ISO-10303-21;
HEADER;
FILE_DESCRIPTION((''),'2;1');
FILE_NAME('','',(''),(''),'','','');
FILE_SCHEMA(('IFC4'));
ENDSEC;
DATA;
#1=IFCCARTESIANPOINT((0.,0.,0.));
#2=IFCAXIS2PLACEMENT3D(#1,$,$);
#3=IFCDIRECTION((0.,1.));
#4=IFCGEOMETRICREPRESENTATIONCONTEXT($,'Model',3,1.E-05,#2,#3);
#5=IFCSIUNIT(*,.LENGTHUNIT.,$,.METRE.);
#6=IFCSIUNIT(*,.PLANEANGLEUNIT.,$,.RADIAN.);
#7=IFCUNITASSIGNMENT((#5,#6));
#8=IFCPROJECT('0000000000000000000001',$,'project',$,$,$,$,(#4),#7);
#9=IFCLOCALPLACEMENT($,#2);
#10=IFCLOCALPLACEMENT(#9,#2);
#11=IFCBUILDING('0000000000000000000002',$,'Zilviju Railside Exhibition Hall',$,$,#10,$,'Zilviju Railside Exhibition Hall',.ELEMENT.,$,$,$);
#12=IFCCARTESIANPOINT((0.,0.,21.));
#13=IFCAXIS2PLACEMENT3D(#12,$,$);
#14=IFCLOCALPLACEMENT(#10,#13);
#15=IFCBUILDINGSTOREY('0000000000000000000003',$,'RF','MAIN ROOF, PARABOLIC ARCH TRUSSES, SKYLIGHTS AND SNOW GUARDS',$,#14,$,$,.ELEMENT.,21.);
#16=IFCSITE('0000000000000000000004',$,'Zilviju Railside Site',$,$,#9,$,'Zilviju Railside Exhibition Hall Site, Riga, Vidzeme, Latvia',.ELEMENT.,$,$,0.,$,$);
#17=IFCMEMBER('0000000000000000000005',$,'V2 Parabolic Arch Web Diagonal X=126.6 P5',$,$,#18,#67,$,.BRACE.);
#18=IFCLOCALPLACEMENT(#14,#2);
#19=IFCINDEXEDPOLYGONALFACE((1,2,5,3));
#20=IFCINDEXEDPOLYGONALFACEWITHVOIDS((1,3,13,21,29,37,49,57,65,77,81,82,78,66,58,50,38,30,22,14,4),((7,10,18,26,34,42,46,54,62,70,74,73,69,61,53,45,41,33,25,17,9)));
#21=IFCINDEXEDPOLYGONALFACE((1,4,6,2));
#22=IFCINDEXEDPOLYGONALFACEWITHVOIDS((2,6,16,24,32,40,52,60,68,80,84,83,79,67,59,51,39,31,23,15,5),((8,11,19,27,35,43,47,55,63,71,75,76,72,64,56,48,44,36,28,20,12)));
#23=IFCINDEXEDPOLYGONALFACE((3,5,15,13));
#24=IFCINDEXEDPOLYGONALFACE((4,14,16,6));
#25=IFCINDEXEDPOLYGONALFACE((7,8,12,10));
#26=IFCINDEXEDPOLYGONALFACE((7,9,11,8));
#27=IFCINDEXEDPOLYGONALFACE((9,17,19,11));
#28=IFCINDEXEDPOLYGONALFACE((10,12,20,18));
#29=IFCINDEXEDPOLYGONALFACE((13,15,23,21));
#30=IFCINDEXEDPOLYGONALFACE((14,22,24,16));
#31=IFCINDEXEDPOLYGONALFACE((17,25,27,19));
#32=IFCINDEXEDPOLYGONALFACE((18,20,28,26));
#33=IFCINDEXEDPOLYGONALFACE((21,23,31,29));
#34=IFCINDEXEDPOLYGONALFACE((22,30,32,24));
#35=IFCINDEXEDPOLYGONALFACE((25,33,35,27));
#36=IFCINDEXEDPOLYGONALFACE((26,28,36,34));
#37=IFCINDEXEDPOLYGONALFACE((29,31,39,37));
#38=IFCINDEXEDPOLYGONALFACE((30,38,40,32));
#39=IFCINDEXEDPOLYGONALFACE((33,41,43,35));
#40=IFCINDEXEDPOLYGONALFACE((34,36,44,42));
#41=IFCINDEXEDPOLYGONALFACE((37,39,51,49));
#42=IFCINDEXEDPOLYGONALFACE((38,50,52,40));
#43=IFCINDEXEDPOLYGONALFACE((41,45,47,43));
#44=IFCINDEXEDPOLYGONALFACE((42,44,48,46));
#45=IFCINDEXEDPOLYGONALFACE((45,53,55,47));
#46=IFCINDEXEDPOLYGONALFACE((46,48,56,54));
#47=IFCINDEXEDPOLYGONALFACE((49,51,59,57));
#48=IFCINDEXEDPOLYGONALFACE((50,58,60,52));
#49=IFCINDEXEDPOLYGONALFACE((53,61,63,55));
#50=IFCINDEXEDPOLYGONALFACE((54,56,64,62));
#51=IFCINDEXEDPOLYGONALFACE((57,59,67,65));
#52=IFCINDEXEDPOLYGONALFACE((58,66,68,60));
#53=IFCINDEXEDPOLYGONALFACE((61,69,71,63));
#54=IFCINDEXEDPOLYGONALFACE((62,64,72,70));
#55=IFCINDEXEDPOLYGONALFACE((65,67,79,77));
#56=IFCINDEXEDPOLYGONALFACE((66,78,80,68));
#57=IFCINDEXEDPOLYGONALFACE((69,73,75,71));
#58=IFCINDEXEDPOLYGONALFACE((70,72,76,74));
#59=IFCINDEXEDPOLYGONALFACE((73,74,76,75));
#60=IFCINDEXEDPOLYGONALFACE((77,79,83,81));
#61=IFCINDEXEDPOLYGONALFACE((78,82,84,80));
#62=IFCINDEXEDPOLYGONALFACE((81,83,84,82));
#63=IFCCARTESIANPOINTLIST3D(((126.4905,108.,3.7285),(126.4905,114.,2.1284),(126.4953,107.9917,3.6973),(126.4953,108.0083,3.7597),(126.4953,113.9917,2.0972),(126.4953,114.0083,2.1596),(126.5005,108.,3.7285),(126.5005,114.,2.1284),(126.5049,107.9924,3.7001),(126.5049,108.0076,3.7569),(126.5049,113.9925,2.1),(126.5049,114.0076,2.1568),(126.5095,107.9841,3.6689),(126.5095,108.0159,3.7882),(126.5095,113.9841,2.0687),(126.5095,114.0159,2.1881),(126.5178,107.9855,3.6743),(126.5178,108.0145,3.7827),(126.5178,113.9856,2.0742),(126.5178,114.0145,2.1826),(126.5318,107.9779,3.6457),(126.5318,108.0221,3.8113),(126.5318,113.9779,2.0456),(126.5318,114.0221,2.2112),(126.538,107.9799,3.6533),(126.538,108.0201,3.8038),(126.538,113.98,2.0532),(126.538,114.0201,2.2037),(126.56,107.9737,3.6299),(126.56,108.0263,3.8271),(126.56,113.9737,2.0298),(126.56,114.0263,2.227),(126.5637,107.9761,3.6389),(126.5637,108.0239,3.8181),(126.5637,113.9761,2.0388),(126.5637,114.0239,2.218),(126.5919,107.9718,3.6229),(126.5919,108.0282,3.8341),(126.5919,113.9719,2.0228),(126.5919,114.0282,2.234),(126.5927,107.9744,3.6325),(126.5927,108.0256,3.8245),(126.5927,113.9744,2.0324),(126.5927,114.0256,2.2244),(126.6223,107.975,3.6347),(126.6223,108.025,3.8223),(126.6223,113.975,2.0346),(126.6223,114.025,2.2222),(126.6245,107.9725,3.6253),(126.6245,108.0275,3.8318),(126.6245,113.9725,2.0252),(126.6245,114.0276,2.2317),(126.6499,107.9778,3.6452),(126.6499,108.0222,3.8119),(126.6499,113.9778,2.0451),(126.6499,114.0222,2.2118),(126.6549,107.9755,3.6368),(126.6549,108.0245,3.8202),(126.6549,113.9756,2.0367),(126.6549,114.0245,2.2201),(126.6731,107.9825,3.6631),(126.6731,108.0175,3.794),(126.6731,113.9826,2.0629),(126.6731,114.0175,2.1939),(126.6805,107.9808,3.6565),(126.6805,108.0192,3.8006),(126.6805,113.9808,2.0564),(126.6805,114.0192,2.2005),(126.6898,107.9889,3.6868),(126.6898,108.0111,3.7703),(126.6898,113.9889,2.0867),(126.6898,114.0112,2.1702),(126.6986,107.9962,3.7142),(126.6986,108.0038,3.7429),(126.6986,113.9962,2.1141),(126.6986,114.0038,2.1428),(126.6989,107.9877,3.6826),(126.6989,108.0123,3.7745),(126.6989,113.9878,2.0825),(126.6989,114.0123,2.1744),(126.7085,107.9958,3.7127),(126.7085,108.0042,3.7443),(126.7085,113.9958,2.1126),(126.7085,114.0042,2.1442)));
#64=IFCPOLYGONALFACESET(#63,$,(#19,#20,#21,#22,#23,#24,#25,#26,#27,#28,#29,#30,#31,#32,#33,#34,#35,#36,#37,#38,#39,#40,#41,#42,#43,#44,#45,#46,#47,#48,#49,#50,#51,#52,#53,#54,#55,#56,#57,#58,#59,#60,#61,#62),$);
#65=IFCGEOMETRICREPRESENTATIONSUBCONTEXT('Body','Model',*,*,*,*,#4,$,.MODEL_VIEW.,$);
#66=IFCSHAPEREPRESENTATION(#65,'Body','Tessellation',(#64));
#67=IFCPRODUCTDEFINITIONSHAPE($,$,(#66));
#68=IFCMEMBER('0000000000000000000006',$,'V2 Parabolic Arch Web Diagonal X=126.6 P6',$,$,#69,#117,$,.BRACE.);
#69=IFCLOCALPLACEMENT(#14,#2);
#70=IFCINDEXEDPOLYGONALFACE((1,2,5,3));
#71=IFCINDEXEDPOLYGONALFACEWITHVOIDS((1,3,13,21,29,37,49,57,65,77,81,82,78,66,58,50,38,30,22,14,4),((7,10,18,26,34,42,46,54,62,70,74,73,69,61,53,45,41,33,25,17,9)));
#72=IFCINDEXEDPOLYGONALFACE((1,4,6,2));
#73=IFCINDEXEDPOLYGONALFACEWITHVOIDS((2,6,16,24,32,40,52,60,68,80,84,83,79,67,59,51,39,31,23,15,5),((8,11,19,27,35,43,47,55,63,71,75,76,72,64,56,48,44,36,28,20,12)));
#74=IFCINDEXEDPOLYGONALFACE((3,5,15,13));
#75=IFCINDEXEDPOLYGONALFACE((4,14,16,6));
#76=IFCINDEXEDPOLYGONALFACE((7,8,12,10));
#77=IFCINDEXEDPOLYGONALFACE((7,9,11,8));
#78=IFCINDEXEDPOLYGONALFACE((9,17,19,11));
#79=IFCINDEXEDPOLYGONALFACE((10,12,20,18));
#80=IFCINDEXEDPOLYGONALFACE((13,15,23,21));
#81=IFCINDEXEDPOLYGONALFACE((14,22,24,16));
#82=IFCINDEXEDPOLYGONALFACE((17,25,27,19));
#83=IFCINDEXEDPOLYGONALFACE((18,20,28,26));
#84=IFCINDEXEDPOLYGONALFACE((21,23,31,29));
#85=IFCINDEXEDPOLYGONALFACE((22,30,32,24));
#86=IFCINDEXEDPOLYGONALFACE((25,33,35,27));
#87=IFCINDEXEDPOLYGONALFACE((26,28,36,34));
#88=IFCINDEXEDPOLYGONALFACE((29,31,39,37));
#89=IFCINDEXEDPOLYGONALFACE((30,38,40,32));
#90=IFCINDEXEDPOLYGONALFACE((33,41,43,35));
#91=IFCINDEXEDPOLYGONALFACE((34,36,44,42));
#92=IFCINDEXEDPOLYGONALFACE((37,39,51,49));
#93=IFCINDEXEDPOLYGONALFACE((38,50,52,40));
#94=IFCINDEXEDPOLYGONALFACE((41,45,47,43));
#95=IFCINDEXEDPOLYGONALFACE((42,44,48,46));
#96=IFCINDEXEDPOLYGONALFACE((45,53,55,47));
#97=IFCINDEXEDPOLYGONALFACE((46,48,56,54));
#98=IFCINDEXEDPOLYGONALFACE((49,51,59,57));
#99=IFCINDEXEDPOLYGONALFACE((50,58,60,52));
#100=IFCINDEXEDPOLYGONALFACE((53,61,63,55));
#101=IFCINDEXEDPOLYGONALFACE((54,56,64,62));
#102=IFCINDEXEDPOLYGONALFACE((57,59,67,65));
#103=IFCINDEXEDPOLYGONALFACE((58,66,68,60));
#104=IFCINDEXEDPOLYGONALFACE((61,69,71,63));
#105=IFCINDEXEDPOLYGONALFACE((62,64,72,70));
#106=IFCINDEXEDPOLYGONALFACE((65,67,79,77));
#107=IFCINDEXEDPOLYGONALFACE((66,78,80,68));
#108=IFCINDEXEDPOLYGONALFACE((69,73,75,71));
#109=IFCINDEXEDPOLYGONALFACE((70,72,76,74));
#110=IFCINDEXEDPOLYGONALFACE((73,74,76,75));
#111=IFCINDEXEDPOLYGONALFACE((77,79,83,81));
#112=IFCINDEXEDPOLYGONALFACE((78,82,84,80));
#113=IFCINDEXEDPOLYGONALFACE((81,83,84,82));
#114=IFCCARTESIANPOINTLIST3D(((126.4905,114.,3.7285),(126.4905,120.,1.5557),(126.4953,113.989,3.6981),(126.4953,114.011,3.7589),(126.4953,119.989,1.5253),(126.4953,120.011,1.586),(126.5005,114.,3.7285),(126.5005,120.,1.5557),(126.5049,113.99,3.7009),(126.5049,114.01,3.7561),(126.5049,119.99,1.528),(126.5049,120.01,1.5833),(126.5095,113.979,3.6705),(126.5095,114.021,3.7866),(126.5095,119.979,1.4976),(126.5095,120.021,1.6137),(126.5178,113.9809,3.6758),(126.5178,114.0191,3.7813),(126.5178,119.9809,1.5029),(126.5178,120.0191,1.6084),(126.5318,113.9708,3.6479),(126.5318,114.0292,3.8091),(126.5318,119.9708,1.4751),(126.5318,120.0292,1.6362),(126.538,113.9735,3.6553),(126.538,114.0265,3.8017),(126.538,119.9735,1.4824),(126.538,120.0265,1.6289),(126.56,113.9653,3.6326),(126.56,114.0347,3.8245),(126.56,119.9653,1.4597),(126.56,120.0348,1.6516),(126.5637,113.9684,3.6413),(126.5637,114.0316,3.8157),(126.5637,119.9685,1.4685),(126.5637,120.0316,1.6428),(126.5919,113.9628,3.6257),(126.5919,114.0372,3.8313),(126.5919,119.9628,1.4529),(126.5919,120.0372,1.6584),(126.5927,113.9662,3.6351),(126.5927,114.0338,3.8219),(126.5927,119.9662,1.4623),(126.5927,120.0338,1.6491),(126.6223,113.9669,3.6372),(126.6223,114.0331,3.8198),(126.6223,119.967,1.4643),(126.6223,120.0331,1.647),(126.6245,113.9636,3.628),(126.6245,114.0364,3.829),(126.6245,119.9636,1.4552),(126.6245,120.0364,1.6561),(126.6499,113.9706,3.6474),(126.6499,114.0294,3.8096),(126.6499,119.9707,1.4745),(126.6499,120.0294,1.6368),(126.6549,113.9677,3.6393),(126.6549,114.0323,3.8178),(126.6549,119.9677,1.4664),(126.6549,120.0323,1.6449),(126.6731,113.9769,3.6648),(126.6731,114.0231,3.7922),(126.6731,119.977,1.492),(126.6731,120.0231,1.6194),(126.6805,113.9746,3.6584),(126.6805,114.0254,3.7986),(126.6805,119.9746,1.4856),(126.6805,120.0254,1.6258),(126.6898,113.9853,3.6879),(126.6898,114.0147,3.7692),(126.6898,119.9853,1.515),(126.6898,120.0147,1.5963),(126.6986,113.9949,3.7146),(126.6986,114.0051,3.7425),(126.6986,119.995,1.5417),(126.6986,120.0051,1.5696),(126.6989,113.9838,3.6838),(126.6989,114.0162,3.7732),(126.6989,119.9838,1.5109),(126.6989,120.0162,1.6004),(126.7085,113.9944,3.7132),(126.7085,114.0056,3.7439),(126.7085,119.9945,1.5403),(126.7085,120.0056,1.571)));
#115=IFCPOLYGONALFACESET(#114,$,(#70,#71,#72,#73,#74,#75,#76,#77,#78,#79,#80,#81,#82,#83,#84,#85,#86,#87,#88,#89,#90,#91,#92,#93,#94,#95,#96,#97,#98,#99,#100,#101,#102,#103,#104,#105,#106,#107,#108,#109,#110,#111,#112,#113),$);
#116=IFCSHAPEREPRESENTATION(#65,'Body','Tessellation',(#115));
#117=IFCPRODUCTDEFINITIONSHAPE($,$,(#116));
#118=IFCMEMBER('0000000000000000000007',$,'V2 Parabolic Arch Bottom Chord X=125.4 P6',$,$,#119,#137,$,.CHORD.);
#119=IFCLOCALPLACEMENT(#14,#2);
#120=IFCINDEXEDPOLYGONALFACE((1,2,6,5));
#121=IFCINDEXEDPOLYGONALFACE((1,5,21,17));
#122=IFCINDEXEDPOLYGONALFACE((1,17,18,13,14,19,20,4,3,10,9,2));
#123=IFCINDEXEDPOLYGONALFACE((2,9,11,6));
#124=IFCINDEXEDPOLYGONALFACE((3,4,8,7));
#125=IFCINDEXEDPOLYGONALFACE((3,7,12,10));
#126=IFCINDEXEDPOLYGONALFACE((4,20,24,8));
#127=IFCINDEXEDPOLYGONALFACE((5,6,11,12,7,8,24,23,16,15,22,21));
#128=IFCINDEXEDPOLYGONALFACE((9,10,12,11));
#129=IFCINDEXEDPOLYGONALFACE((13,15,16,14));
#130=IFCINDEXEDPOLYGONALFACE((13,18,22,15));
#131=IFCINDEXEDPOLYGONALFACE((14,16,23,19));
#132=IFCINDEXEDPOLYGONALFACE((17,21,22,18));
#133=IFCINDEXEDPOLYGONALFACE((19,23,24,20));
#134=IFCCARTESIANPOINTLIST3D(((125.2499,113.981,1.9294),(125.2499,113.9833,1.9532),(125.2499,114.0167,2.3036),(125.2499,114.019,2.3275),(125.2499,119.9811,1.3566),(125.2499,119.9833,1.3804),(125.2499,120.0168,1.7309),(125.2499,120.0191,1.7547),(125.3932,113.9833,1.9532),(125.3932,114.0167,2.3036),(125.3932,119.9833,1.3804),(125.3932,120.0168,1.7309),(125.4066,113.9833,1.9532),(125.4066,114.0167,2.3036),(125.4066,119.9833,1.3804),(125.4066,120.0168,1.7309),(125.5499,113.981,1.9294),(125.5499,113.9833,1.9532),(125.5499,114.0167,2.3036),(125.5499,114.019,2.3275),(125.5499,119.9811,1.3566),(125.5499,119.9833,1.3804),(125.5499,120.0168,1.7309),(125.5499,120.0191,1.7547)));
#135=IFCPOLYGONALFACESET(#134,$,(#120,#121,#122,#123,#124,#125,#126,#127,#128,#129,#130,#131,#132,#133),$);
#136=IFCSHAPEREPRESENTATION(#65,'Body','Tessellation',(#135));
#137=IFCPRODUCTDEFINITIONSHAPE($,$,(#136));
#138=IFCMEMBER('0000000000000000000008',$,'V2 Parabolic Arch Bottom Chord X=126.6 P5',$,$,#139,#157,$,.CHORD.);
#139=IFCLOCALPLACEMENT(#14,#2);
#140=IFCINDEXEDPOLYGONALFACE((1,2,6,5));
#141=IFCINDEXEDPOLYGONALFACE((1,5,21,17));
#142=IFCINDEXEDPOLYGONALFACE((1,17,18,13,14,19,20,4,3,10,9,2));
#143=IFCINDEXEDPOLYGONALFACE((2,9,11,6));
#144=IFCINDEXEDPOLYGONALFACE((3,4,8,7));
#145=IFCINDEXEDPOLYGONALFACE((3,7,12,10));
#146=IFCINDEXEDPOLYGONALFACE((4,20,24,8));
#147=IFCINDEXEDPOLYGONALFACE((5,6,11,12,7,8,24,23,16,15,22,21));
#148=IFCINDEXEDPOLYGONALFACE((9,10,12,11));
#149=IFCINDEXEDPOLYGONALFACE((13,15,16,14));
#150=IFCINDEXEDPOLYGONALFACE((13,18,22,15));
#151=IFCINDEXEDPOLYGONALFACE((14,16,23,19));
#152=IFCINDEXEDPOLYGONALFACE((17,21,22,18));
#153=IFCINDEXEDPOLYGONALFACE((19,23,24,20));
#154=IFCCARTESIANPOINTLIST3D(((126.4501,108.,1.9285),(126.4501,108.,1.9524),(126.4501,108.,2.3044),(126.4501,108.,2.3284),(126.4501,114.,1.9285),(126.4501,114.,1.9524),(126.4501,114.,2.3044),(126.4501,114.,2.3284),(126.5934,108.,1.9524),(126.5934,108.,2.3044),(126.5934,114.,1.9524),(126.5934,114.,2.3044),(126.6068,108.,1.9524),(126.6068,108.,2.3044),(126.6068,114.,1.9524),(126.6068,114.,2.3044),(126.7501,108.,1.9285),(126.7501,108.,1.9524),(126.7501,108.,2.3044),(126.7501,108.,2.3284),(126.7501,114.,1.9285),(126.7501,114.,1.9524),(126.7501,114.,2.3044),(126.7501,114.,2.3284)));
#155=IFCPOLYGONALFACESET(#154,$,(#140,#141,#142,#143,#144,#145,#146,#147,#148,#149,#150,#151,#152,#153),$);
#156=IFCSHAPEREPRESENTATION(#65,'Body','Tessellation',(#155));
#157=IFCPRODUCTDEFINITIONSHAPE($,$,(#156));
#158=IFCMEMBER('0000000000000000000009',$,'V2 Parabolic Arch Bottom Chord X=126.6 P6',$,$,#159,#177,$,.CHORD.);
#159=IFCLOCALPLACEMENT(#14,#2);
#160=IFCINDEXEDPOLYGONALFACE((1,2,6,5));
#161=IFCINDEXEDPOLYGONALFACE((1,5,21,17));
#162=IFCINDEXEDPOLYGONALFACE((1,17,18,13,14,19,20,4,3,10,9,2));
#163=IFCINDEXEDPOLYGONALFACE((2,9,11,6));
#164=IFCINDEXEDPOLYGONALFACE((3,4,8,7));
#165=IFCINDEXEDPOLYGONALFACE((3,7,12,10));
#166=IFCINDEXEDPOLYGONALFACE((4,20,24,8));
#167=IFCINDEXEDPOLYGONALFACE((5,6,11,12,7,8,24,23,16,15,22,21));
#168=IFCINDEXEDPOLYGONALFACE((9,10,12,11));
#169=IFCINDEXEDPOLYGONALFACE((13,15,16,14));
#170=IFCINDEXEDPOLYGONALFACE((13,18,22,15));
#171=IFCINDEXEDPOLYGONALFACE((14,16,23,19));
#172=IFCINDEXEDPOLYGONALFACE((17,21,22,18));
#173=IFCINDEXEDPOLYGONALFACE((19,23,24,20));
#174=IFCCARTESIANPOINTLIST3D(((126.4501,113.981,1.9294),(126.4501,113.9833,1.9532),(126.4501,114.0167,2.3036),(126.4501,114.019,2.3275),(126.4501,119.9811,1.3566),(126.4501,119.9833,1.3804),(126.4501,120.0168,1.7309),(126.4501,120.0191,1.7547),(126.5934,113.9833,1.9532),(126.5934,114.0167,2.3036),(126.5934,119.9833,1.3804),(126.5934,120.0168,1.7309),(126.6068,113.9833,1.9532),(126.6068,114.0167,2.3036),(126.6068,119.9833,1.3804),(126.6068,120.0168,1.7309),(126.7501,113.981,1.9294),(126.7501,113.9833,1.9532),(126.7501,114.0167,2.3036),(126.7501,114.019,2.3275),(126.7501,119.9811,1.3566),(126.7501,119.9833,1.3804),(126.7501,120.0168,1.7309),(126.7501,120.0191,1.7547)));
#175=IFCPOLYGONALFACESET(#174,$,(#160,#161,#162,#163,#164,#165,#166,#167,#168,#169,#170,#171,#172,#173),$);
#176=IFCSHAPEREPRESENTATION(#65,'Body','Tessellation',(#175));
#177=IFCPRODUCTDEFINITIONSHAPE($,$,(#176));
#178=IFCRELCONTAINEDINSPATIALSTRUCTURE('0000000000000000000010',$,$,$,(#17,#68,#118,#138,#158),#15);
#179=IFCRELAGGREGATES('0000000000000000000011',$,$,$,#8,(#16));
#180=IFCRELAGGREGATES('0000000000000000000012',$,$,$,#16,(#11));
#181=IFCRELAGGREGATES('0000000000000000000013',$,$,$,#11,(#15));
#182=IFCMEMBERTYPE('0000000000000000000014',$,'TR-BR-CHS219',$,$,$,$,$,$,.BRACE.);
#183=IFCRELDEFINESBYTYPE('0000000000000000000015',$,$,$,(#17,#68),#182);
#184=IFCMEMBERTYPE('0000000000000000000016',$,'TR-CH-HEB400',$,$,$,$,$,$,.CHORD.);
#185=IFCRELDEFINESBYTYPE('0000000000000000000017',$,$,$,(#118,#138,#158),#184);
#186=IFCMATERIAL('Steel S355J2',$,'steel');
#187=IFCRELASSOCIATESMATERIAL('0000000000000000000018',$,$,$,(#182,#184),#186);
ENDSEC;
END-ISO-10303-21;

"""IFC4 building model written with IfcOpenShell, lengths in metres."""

from ifc_helpers import new_model, si_unit, direction, frame, origin, origin_2d, place, context, subcontext, project, spatial, hollow_circle, i_section, extrude, material, material_profile, profile_set, type_object, element, save


model = new_model("IFC4")

# Units and contexts
model_context = context("Model", 3, precision=1e-05, world=origin(), true_north=direction((0.0, 1.0)))
body_context = subcontext(model_context, "Body", "Model", "MODEL_VIEW")
ifc_project = project(units=[si_unit("LENGTHUNIT", "METRE"), si_unit("PLANEANGLEUNIT", "RADIAN")], contexts=[model_context])

# Site, building, storey
site_placement = place(None, origin())
site = spatial("IfcSite", under=ifc_project, at=site_placement, Name="Zilviju Railside Site", LongName="Zilviju Railside Exhibition Hall Site, Riga, Vidzeme, Latvia", CompositionType="ELEMENT", RefElevation=0.0)
building_placement = place(site_placement, origin())
building = spatial("IfcBuilding", under=site, at=building_placement, Name="Zilviju Railside Exhibition Hall", LongName="Zilviju Railside Exhibition Hall", CompositionType="ELEMENT")
storey_placement = place(building_placement, frame((0.0, 0.0, 21.0)))
storey = spatial("IfcBuildingStorey", under=building, at=storey_placement, Name="RF", Description="MAIN ROOF, PARABOLIC ARCH TRUSSES, SKYLIGHTS AND SNOW GUARDS", CompositionType="ELEMENT", Elevation=21.0)

# Members
ifc_material_1 = material(Name="Steel S355J2", Category="steel")
ifc_material_profile_1 = material_profile(ifc_material_1, hollow_circle(Radius=0.1096, WallThickness=0.01, at=origin_2d()), Name="CHS 219.1x10.0")
ifc_profile_set_1 = profile_set([ifc_material_profile_1], Name="Steel S355J2")
member_type_1 = type_object("IfcMemberType", Name="TR-BR-CHS219", PredefinedType="BRACE", material=ifc_profile_set_1)
member_1_placement = place(storey_placement, frame((126.6001, 108.0, 3.7285), z_axis=(0.0, 0.966231, -0.257677), x_axis=(-1.0, 0.0, 0.0)))
element("IfcMember", 1, at=member_1_placement, inside=storey, type_object=member_type_1, Name="V2 Parabolic Arch Web Diagonal X=126.6 P5", PredefinedType="BRACE", context=body_context, shape_type="SweptSolid", body=[
    extrude(hollow_circle(Radius=0.1096, WallThickness=0.01, at=origin_2d()), origin(), (0.0, 0.0, 1.0), 6.2097),
])
member_2_placement = place(storey_placement, frame((126.6001, 114.0, 3.7285), z_axis=(0.0, 0.940244, -0.340502), x_axis=(-1.0, 0.0, 0.0)))
element("IfcMember", 2, at=member_2_placement, inside=storey, type_object=member_type_1, Name="V2 Parabolic Arch Web Diagonal X=126.6 P6", PredefinedType="BRACE", context=body_context, shape_type="SweptSolid", body=[
    extrude(hollow_circle(Radius=0.1096, WallThickness=0.01, at=origin_2d()), origin(), (0.0, 0.0, 1.0), 6.3813),
])
ifc_material_profile_2 = material_profile(ifc_material_1, i_section(OverallWidth=0.3, OverallDepth=0.3999, WebThickness=0.0134, FlangeThickness=0.0239, at=origin_2d()), Name="HEB 400")
ifc_profile_set_2 = profile_set([ifc_material_profile_2], Name="Steel S355J2")
member_type_2 = type_object("IfcMemberType", Name="TR-CH-HEB400", PredefinedType="CHORD", material=ifc_profile_set_2)
member_3_placement = place(storey_placement, frame((125.3999, 114.0, 2.1284), z_axis=(0.0, 0.995475, -0.095027), x_axis=(-1.0, 0.0, 0.0)))
element("IfcMember", 3, at=member_3_placement, inside=storey, type_object=member_type_2, Name="V2 Parabolic Arch Bottom Chord X=125.4 P6", PredefinedType="CHORD", context=body_context, shape_type="SweptSolid", body=[
    extrude(i_section(OverallWidth=0.3, OverallDepth=0.3999, WebThickness=0.0134, FlangeThickness=0.0239, at=origin_2d()), origin(), (0.0, 0.0, 1.0), 6.0273),
])
member_4_placement = place(storey_placement, frame((126.6001, 108.0, 2.1284), z_axis=(0.0, 1.0, 0.0), x_axis=(-1.0, 0.0, 0.0)))
element("IfcMember", 4, at=member_4_placement, inside=storey, type_object=member_type_2, Name="V2 Parabolic Arch Bottom Chord X=126.6 P5", PredefinedType="CHORD", context=body_context, shape_type="SweptSolid", body=[
    extrude(i_section(OverallWidth=0.3, OverallDepth=0.3999, WebThickness=0.0134, FlangeThickness=0.0239, at=origin_2d()), origin(), (0.0, 0.0, 1.0), 6.0),
])
member_5_placement = place(storey_placement, frame((126.6001, 114.0, 2.1284), z_axis=(0.0, 0.995475, -0.095027), x_axis=(-1.0, 0.0, 0.0)))
element("IfcMember", 5, at=member_5_placement, inside=storey, type_object=member_type_2, Name="V2 Parabolic Arch Bottom Chord X=126.6 P6", PredefinedType="CHORD", context=body_context, shape_type="SweptSolid", body=[
    extrude(i_section(OverallWidth=0.3, OverallDepth=0.3999, WebThickness=0.0134, FlangeThickness=0.0239, at=origin_2d()), origin(), (0.0, 0.0, 1.0), 6.0273),
])

save(model, "model.ifc")
